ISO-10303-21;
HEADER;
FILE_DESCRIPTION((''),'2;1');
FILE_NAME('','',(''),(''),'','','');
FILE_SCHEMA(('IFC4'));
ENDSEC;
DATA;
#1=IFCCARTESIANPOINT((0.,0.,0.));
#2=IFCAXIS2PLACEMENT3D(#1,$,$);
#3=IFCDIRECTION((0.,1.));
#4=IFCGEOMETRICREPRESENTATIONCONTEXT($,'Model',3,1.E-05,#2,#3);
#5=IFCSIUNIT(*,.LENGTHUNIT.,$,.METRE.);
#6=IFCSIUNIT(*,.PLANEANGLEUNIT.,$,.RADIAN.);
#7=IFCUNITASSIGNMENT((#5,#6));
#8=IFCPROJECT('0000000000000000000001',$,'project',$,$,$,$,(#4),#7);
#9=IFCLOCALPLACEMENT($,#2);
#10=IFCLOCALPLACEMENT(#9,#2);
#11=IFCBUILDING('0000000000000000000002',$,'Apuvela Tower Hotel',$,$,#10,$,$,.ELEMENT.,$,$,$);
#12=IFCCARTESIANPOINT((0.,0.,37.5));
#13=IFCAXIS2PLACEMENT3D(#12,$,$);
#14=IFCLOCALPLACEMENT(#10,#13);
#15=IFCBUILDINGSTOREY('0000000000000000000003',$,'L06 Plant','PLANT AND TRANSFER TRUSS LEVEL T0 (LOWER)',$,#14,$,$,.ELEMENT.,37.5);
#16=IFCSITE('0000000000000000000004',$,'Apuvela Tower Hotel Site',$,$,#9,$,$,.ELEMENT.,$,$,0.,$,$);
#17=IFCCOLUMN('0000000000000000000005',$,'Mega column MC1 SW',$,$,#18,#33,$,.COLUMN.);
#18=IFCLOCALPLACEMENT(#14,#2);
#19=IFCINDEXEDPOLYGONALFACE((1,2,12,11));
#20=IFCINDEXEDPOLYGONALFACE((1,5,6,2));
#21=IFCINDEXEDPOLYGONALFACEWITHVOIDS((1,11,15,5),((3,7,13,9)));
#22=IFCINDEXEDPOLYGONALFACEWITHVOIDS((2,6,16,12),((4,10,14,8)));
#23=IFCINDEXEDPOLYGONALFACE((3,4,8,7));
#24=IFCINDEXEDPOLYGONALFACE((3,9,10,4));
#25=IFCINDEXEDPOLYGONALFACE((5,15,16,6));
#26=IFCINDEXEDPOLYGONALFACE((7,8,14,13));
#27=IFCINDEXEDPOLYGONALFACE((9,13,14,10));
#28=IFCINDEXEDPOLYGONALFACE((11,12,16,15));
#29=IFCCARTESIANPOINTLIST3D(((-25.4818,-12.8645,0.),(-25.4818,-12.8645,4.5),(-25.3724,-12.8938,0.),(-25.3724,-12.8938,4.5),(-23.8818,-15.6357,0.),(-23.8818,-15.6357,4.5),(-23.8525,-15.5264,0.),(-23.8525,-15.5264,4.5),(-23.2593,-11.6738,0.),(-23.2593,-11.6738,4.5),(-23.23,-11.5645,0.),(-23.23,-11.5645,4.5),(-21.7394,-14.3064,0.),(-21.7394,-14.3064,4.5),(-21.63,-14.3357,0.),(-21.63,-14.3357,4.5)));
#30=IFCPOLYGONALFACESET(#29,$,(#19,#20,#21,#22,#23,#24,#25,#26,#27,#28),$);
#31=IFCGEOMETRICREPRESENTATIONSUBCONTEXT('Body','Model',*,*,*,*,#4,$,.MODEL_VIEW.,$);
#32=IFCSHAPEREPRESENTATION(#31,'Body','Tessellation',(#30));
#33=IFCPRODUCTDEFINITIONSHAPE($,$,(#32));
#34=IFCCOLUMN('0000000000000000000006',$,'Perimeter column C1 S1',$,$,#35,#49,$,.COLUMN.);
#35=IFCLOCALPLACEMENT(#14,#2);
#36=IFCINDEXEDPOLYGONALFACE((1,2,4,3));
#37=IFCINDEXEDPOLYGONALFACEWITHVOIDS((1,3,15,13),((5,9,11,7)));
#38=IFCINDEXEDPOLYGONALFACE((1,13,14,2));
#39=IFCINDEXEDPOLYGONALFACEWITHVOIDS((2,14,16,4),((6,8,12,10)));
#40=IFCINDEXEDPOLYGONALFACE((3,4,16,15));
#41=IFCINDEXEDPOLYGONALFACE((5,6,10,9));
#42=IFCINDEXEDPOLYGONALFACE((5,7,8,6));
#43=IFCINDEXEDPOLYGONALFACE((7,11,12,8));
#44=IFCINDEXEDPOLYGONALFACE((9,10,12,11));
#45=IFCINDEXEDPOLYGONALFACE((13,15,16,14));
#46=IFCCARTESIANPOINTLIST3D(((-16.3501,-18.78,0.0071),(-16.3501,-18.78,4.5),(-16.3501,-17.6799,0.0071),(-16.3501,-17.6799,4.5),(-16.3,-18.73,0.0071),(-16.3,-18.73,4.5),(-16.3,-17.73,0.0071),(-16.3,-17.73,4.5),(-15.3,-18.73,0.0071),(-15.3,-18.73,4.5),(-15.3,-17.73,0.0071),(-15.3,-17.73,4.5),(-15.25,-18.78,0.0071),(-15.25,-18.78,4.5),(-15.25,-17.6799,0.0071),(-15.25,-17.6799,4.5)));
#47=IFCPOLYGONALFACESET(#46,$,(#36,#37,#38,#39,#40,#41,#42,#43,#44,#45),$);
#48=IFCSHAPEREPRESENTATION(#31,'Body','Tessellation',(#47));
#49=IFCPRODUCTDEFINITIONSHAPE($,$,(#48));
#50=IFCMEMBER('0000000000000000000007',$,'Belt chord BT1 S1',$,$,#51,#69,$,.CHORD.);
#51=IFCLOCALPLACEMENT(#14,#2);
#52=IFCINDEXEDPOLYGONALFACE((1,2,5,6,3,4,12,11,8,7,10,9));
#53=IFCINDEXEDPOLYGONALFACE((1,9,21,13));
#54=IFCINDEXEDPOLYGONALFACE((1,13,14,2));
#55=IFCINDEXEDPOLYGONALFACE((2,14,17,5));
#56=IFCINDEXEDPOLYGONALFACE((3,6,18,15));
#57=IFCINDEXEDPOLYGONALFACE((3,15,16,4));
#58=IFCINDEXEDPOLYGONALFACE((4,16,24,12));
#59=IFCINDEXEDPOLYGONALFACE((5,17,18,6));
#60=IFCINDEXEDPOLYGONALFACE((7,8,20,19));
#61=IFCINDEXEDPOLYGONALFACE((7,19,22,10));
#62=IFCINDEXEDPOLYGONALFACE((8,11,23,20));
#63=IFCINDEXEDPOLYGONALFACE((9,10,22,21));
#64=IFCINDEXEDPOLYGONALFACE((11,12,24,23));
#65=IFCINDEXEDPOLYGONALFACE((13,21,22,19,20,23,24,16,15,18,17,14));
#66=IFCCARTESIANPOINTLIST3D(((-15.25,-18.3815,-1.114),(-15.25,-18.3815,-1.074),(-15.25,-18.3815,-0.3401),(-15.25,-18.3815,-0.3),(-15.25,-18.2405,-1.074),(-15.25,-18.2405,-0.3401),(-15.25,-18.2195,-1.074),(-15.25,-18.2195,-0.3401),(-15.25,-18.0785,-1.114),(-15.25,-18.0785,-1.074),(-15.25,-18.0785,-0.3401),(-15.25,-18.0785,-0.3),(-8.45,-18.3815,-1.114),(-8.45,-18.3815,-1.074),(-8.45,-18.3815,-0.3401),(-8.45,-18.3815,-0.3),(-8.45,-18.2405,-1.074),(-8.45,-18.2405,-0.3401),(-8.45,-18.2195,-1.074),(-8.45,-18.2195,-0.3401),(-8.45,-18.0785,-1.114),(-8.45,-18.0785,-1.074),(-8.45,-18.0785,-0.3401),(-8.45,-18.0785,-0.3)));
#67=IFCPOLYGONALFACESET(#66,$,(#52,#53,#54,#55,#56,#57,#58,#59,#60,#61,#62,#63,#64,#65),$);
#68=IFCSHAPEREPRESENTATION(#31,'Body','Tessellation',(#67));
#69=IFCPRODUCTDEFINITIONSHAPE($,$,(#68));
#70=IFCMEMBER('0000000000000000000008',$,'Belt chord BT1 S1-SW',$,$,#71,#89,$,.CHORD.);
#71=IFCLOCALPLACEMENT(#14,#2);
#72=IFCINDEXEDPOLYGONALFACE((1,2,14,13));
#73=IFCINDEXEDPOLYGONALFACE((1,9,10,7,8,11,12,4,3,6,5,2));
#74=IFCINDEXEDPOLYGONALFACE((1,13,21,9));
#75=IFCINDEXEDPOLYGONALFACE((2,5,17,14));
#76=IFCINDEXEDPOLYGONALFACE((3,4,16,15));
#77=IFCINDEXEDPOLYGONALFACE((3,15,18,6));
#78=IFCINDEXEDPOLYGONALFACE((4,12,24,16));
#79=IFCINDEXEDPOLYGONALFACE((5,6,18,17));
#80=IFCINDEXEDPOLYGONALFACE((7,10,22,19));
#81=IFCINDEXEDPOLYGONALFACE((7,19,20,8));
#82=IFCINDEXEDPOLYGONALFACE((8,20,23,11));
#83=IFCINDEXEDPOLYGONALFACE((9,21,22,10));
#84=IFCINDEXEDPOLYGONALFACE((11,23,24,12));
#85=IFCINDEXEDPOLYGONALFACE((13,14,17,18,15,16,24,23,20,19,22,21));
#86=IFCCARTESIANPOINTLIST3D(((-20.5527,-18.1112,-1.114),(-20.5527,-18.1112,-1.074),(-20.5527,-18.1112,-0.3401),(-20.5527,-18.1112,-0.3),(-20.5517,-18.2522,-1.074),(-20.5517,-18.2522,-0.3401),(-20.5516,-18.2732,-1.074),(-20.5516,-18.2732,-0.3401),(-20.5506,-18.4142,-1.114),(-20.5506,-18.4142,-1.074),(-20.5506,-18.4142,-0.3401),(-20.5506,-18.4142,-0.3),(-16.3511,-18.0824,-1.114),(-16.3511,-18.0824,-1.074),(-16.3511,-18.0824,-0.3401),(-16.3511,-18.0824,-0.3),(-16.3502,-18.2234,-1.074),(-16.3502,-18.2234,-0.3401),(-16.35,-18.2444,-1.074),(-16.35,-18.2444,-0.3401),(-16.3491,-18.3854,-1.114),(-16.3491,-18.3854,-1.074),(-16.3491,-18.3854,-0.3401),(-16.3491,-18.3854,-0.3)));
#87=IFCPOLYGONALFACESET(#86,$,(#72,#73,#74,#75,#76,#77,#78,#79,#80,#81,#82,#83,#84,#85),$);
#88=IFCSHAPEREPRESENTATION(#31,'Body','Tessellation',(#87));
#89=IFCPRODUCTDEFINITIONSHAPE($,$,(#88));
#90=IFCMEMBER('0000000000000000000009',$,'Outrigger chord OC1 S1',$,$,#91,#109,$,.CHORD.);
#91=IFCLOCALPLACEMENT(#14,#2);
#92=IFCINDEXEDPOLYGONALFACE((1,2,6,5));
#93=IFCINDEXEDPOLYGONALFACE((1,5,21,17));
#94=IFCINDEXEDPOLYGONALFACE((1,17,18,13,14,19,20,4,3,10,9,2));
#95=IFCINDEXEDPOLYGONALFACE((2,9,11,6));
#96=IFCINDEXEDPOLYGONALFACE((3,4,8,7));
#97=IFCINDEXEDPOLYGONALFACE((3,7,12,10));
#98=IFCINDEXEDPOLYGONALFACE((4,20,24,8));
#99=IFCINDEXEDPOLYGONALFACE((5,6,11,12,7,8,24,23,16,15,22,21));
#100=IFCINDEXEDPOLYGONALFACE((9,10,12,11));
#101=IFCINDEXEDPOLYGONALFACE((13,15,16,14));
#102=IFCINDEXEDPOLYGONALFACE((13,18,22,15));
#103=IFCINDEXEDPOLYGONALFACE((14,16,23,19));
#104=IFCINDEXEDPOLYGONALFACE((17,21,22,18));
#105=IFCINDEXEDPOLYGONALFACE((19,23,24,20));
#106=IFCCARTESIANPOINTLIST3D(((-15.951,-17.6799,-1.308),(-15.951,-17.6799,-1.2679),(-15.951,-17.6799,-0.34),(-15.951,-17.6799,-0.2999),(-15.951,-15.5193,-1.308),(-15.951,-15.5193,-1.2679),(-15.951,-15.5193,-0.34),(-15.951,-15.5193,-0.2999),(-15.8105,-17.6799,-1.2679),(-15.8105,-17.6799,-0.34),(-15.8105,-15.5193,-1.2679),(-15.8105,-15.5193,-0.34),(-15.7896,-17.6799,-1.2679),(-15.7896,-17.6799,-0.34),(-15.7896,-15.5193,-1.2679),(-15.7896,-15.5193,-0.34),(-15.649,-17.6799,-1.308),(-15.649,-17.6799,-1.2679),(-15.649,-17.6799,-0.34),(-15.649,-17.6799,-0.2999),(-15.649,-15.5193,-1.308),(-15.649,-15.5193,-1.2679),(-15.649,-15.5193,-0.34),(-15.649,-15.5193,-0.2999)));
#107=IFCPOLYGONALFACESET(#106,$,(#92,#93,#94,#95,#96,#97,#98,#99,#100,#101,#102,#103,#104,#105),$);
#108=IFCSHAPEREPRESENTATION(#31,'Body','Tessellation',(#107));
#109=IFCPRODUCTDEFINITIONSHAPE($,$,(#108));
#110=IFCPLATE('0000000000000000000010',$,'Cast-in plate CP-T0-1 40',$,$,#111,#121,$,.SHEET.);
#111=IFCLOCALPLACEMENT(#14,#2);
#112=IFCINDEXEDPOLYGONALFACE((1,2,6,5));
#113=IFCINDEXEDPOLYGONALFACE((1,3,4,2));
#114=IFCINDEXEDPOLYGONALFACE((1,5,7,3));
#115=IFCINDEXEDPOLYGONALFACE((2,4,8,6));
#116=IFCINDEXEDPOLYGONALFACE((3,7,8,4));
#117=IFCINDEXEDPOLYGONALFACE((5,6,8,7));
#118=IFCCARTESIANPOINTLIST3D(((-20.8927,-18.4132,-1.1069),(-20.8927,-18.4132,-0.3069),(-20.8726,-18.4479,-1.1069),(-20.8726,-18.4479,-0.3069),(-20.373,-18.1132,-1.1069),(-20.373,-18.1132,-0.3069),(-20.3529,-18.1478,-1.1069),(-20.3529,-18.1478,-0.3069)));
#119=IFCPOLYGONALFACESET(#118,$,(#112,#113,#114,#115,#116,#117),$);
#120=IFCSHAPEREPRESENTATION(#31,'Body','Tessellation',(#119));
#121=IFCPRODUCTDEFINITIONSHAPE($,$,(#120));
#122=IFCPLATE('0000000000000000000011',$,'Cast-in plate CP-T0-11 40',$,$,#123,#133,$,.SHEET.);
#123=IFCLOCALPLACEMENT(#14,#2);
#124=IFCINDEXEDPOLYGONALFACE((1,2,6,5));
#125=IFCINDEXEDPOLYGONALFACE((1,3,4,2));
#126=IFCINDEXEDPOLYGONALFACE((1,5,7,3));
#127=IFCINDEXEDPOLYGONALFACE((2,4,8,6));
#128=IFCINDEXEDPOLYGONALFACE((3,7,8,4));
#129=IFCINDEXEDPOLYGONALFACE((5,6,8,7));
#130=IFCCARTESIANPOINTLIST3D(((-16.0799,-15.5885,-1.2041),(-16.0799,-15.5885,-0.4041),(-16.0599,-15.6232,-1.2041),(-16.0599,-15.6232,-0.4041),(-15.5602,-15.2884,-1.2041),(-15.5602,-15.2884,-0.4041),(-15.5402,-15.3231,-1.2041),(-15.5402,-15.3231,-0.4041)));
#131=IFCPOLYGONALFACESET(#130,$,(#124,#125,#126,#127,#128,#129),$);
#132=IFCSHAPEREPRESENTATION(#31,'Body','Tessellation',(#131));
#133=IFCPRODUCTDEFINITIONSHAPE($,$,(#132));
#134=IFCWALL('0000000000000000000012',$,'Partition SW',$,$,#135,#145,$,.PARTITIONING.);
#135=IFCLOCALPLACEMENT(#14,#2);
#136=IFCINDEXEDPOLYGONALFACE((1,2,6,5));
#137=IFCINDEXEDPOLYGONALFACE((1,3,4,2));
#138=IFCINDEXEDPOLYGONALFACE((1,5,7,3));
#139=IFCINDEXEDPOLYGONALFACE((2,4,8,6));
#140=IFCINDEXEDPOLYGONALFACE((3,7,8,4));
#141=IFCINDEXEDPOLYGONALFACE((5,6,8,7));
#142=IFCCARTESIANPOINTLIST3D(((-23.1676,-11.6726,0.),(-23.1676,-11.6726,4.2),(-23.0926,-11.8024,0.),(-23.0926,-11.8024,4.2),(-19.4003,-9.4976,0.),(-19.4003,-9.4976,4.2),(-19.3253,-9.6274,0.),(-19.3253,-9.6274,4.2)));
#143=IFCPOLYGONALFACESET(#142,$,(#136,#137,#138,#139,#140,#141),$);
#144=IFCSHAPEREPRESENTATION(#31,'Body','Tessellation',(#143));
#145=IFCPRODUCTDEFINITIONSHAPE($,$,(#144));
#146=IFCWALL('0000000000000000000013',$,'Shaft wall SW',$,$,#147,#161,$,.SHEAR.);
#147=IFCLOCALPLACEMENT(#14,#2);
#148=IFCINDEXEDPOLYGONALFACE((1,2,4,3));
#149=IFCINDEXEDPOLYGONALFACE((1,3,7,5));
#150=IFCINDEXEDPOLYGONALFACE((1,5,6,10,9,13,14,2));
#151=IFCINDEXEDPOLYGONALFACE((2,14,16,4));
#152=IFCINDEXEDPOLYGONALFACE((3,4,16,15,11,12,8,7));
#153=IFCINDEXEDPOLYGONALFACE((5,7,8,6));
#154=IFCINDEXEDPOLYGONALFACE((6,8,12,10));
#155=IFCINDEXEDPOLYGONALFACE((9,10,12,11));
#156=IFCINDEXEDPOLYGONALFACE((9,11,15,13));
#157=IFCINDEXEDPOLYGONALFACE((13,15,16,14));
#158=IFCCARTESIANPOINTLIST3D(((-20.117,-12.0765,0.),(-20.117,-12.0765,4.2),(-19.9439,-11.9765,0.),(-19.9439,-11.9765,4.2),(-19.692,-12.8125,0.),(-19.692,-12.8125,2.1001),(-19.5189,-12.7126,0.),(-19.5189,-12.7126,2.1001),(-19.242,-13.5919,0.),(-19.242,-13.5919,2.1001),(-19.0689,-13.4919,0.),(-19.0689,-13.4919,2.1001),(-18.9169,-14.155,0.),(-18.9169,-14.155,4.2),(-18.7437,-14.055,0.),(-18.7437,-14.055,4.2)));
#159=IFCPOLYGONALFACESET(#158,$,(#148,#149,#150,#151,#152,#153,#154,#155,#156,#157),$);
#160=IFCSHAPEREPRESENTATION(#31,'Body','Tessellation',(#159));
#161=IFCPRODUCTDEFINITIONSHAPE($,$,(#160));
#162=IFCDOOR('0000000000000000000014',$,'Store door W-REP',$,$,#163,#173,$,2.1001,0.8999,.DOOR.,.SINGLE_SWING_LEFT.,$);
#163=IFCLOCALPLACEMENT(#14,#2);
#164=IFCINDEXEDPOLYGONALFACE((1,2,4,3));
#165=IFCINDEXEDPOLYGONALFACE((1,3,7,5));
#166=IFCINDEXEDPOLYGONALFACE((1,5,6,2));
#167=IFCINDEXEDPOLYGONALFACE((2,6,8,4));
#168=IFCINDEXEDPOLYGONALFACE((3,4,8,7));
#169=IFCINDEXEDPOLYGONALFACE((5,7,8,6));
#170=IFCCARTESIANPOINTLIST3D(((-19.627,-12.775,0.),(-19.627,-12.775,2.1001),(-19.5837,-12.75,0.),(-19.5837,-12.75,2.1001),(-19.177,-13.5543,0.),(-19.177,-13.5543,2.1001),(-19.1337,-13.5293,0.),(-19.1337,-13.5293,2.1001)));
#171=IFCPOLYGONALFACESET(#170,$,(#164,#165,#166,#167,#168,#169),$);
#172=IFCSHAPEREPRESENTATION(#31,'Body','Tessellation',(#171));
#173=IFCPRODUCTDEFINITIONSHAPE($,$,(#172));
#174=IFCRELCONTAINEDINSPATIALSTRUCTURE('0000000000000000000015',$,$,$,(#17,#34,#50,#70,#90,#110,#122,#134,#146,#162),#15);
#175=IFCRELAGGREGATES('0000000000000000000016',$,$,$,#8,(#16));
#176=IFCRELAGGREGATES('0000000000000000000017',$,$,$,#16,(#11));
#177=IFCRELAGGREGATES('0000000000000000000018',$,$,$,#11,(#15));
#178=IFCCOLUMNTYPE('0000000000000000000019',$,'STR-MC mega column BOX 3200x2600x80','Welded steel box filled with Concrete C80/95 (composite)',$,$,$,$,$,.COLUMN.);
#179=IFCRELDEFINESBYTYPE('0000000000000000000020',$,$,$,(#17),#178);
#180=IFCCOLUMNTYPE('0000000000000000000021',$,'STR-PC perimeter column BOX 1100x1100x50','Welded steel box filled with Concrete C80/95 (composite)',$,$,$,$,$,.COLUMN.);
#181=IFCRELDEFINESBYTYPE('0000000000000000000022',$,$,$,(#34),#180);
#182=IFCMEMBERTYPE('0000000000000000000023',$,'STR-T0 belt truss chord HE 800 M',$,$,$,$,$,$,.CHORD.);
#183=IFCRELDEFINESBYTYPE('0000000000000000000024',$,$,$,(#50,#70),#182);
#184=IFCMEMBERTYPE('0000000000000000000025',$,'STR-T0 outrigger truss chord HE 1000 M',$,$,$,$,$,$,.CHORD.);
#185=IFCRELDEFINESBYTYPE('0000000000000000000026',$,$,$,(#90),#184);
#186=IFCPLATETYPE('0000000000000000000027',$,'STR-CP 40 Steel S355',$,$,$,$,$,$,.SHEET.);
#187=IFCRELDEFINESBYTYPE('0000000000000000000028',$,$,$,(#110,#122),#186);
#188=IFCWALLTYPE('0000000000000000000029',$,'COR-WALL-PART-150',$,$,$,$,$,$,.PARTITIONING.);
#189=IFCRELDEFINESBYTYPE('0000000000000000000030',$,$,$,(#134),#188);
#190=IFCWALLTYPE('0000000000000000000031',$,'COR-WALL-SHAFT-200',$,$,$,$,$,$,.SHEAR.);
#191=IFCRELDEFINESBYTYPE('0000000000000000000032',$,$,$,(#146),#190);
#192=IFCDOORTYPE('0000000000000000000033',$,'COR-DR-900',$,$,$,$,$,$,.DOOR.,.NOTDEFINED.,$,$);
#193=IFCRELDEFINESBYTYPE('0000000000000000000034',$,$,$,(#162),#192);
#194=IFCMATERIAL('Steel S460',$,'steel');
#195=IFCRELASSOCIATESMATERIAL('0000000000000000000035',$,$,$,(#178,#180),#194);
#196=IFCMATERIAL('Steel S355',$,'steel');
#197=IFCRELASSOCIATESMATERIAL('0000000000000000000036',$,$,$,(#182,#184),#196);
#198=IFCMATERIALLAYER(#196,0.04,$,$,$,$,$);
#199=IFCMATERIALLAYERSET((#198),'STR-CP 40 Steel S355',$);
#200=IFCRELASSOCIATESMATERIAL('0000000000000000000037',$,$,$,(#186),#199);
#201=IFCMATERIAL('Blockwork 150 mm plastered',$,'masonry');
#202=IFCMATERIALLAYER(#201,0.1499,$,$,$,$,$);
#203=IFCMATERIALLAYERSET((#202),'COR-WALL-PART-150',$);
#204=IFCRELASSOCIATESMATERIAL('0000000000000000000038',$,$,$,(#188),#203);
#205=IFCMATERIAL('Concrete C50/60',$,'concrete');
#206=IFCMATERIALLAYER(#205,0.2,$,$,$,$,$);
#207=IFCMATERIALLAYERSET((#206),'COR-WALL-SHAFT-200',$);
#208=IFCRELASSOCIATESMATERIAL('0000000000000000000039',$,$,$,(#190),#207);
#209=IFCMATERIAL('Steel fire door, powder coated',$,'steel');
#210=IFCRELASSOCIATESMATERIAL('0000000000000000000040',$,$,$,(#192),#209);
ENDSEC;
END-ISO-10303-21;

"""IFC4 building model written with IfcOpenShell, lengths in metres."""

from ifc_helpers import new_model, si_unit, direction, frame, frame_2d, origin, origin_2d, place, context, subcontext, project, spatial, rectangle, hollow_rectangle, i_section, extrude, boolean, halfspace, material, layer, layer_set, material_profile, profile_set, type_object, element, fill, save


model = new_model("IFC4")

# Units and contexts
model_context = context("Model", 3, precision=1e-05, world=origin(), true_north=direction((0.0, 1.0)))
body_context = subcontext(model_context, "Body", "Model", "MODEL_VIEW")
ifc_project = project(units=[si_unit("LENGTHUNIT", "METRE"), si_unit("PLANEANGLEUNIT", "RADIAN")], contexts=[model_context])

# Site, building, storey
site_placement = place(None, origin())
site = spatial("IfcSite", under=ifc_project, at=site_placement, Name="Apuvela Tower Hotel Site", CompositionType="ELEMENT", RefElevation=0.0)
building_placement = place(site_placement, origin())
building = spatial("IfcBuilding", under=site, at=building_placement, Name="Apuvela Tower Hotel", CompositionType="ELEMENT")
storey_placement = place(building_placement, frame((0.0, 0.0, 37.5)))
storey = spatial("IfcBuildingStorey", under=building, at=storey_placement, Name="L06 Plant", Description="PLANT AND TRANSFER TRUSS LEVEL T0 (LOWER)", CompositionType="ELEMENT", Elevation=37.5)

# Columns
ifc_material_1 = material(Name="Steel S460", Category="steel")
ifc_material_profile_1 = material_profile(ifc_material_1, hollow_rectangle(XDim=3.2, YDim=2.6001, WallThickness=0.0801, at=origin_2d()), Name="BOX 3200x2600x80")
ifc_material_2 = material(Name="Concrete C80/95", Category="concrete")
ifc_material_profile_2 = material_profile(ifc_material_2, rectangle(XDim=3.04, YDim=2.4399, at=origin_2d()), Name="Concrete C80/95 infill")
ifc_profile_set_1 = profile_set([ifc_material_profile_1, ifc_material_profile_2], Name="Steel S460")
column_type_1 = type_object("IfcColumnType", Name="STR-MC mega column BOX 3200x2600x80", Description="Welded steel box filled with Concrete C80/95 (composite)", PredefinedType="COLUMN", material=ifc_profile_set_1)
column_1_placement = place(storey_placement, frame((-23.5559, -13.6001, 0.0), z_axis=(0.0, 0.0, 1.0), x_axis=(-0.5, 0.866025, 0.0)))
element("IfcColumn", 1, at=column_1_placement, inside=storey, type_object=column_type_1, Name="Mega column MC1 SW", PredefinedType="COLUMN", context=body_context, shape_type="SweptSolid", body=[
    extrude(hollow_rectangle(XDim=3.2, YDim=2.6001, WallThickness=0.0801, at=origin_2d()), origin(), (0.0, 0.0, 1.0), 4.5),
])
ifc_material_profile_3 = material_profile(ifc_material_1, hollow_rectangle(XDim=1.1001, YDim=1.1001, WallThickness=0.05, at=origin_2d()), Name="BOX 1100x1100x50")
ifc_material_profile_4 = material_profile(ifc_material_2, rectangle(XDim=1.0, YDim=1.0, at=origin_2d()), Name="Concrete C80/95 infill")
ifc_profile_set_2 = profile_set([ifc_material_profile_3, ifc_material_profile_4], Name="Steel S460")
column_type_2 = type_object("IfcColumnType", Name="STR-PC perimeter column BOX 1100x1100x50", Description="Welded steel box filled with Concrete C80/95 (composite)", PredefinedType="COLUMN", material=ifc_profile_set_2)
column_2_placement = place(storey_placement, frame((-15.8, -18.23, 0.0), z_axis=(0.0, 0.0, 1.0), x_axis=(-1.0, 0.0, 0.0)))
element("IfcColumn", 2, at=column_2_placement, inside=storey, type_object=column_type_2, Name="Perimeter column C1 S1", PredefinedType="COLUMN", context=body_context, shape_type="SweptSolid", body=[
    boolean("DIFFERENCE", extrude(hollow_rectangle(XDim=1.1001, YDim=1.1001, WallThickness=0.05, at=origin_2d()), origin(), (0.0, 0.0, 1.0), 4.5), halfspace(frame((0.0, 0.0, 0.0071), z_axis=(0.0, 0.0, 1.0), x_axis=(1.0, 0.0, 0.0)), True)),
])

# Members
ifc_material_3 = material(Name="Steel S355", Category="steel")
ifc_material_profile_5 = material_profile(ifc_material_3, i_section(OverallWidth=0.303, OverallDepth=0.814, WebThickness=0.021, FlangeThickness=0.04, at=origin_2d()), Name="HE 800 M")
ifc_profile_set_3 = profile_set([ifc_material_profile_5], Name="Steel S355")
member_type_1 = type_object("IfcMemberType", Name="STR-T0 belt truss chord HE 800 M", PredefinedType="CHORD", material=ifc_profile_set_3)
member_1_placement = place(storey_placement, frame((-15.25, -18.23, -0.707), z_axis=(1.0, 0.0, 0.0), x_axis=(0.0, 1.0, 0.0)))
element("IfcMember", 3, at=member_1_placement, inside=storey, type_object=member_type_1, Name="Belt chord BT1 S1", PredefinedType="CHORD", context=body_context, shape_type="SweptSolid", body=[
    extrude(i_section(OverallWidth=0.303, OverallDepth=0.814, WebThickness=0.021, FlangeThickness=0.04, at=origin_2d()), origin(), (0.0, 0.0, 1.0), 6.8),
])
member_2_placement = place(storey_placement, frame((-16.3501, -18.2339, -0.707), z_axis=(-0.999976, -0.006856, 0.0), x_axis=(0.006856, -0.999976, 0.0)))
element("IfcMember", 4, at=member_2_placement, inside=storey, type_object=member_type_1, Name="Belt chord BT1 S1-SW", PredefinedType="CHORD", context=body_context, shape_type="SweptSolid", body=[
    extrude(i_section(OverallWidth=0.303, OverallDepth=0.814, WebThickness=0.021, FlangeThickness=0.04, at=origin_2d()), origin(), (0.0, 0.0, 1.0), 4.2017),
])
ifc_material_profile_6 = material_profile(ifc_material_3, i_section(OverallWidth=0.302, OverallDepth=1.0081, WebThickness=0.021, FlangeThickness=0.04, at=origin_2d()), Name="HE 1000 M")
ifc_profile_set_4 = profile_set([ifc_material_profile_6], Name="Steel S355")
member_type_2 = type_object("IfcMemberType", Name="STR-T0 outrigger truss chord HE 1000 M", PredefinedType="CHORD", material=ifc_profile_set_4)
member_3_placement = place(storey_placement, frame((-15.8, -17.6799, -0.804), z_axis=(0.0, 1.0, 0.0), x_axis=(-1.0, 0.0, 0.0)))
element("IfcMember", 5, at=member_3_placement, inside=storey, type_object=member_type_2, Name="Outrigger chord OC1 S1", PredefinedType="CHORD", context=body_context, shape_type="SweptSolid", body=[
    extrude(i_section(OverallWidth=0.302, OverallDepth=1.0081, WebThickness=0.021, FlangeThickness=0.04, at=origin_2d()), origin(), (0.0, 0.0, 1.0), 2.1606),
])

# Plates
ifc_layer_1 = layer(ifc_material_3, 0.04)
ifc_layer_set_1 = layer_set([ifc_layer_1], Name="STR-CP 40 Steel S355")
plate_type = type_object("IfcPlateType", Name="STR-CP 40 Steel S355", PredefinedType="SHEET", material=ifc_layer_set_1)
for number, where, z_axis, x_axis, name in (
    (6, (-20.6228, -18.2805, -1.1069), (0.0, 0.0, 1.0), (0.5, -0.866025, 0.0), "Cast-in plate CP-T0-1 40"),
    (7, (-15.8101, -15.4558, -1.2041), (0.0, 0.0, 1.0), (-0.5, 0.866025, 0.0), "Cast-in plate CP-T0-11 40"),
):
    element("IfcPlate", number, at=place(storey_placement, frame(where, z_axis=z_axis, x_axis=x_axis)), inside=storey, type_object=plate_type, Name=name, PredefinedType="SHEET", context=body_context, shape_type="SweptSolid", body=[
        extrude(rectangle(XDim=0.04, YDim=0.6001, at=origin_2d()), origin(), (0.0, 0.0, 1.0), 0.8),
    ])

# Wall
ifc_material_4 = material(Name="Blockwork 150 mm plastered", Category="masonry")
ifc_layer_2 = layer(ifc_material_4, 0.1499)
ifc_layer_set_2 = layer_set([ifc_layer_2], Name="COR-WALL-PART-150")
wall_type_1 = type_object("IfcWallType", Name="COR-WALL-PART-150", PredefinedType="PARTITIONING", material=ifc_layer_set_2)
wall_1_placement = place(storey_placement, frame((-19.3628, -9.5625, 0.0), z_axis=(0.0, 0.0, 1.0), x_axis=(-0.866028, -0.499996, 0.0)))
element("IfcWall", 8, at=wall_1_placement, inside=storey, type_object=wall_type_1, Name="Partition SW", PredefinedType="PARTITIONING", context=body_context, shape_type="SweptSolid", body=[
    extrude(rectangle(XDim=4.3501, YDim=0.1499, at=frame_2d((2.175, 0.0))), origin(), (0.0, 0.0, 1.0), 4.2),
])

# Wall, opening, door
ifc_material_5 = material(Name="Concrete C50/60", Category="concrete")
ifc_layer_3 = layer(ifc_material_5, 0.2)
ifc_layer_set_3 = layer_set([ifc_layer_3], Name="COR-WALL-SHAFT-200")
wall_type_2 = type_object("IfcWallType", Name="COR-WALL-SHAFT-200", PredefinedType="SHEAR", material=ifc_layer_set_3)
wall_2_placement = place(storey_placement, frame((-20.0305, -12.0264, 0.0), z_axis=(0.0, 0.0, 1.0), x_axis=(0.500034, -0.866006, 0.0)))
wall_2 = element("IfcWall", 9, at=wall_2_placement, inside=storey, type_object=wall_type_2, Name="Shaft wall SW", PredefinedType="SHEAR", context=body_context, shape_type="SweptSolid", body=[
    extrude(rectangle(XDim=2.4001, YDim=0.2, at=frame_2d((1.2002, 0.0))), origin(), (0.0, 0.0, 1.0), 4.2),
])
opening_placement = place(wall_2_placement, frame((0.8501, 0.0, 0.0)))
opening = element("IfcOpeningElement", 10, at=opening_placement, cuts=wall_2, PredefinedType="OPENING", context=body_context, shape_type="SweptSolid", body=[
    extrude(rectangle(XDim=0.8999, YDim=2.1001, at=frame_2d((0.45, 1.05))), frame((0.0, 0.1099, 0.0), z_axis=(0.0, -1.0, 0.0), x_axis=(1.0, 0.0, 0.0)), (0.0, 0.0, 1.0), 0.22),
])
ifc_material_6 = material(Name="Steel fire door, powder coated", Category="steel")
door_type = type_object("IfcDoorType", Name="COR-DR-900", OperationType="NOTDEFINED", PredefinedType="DOOR", material=ifc_material_6)
door_placement = place(opening_placement, frame((0.8999, 0.0, 0.0), z_axis=(0.0, 0.0, 1.0), x_axis=(-1.0, 0.0, 0.0)))
door = element("IfcDoor", 11, at=door_placement, inside=storey, type_object=door_type, Name="Store door W-REP", OperationType="SINGLE_SWING_LEFT", OverallHeight=2.1001, OverallWidth=0.8999, PredefinedType="DOOR", context=body_context, shape_type="SweptSolid", body=[
    extrude(rectangle(XDim=0.8999, YDim=2.1001, at=frame_2d((0.45, 1.05))), frame((0.0, 0.0249, 0.0), z_axis=(0.0, -1.0, 0.0), x_axis=(1.0, 0.0, 0.0)), (0.0, 0.0, 1.0), 0.05),
])
fill(opening, door)

save(model, "model.ifc")
